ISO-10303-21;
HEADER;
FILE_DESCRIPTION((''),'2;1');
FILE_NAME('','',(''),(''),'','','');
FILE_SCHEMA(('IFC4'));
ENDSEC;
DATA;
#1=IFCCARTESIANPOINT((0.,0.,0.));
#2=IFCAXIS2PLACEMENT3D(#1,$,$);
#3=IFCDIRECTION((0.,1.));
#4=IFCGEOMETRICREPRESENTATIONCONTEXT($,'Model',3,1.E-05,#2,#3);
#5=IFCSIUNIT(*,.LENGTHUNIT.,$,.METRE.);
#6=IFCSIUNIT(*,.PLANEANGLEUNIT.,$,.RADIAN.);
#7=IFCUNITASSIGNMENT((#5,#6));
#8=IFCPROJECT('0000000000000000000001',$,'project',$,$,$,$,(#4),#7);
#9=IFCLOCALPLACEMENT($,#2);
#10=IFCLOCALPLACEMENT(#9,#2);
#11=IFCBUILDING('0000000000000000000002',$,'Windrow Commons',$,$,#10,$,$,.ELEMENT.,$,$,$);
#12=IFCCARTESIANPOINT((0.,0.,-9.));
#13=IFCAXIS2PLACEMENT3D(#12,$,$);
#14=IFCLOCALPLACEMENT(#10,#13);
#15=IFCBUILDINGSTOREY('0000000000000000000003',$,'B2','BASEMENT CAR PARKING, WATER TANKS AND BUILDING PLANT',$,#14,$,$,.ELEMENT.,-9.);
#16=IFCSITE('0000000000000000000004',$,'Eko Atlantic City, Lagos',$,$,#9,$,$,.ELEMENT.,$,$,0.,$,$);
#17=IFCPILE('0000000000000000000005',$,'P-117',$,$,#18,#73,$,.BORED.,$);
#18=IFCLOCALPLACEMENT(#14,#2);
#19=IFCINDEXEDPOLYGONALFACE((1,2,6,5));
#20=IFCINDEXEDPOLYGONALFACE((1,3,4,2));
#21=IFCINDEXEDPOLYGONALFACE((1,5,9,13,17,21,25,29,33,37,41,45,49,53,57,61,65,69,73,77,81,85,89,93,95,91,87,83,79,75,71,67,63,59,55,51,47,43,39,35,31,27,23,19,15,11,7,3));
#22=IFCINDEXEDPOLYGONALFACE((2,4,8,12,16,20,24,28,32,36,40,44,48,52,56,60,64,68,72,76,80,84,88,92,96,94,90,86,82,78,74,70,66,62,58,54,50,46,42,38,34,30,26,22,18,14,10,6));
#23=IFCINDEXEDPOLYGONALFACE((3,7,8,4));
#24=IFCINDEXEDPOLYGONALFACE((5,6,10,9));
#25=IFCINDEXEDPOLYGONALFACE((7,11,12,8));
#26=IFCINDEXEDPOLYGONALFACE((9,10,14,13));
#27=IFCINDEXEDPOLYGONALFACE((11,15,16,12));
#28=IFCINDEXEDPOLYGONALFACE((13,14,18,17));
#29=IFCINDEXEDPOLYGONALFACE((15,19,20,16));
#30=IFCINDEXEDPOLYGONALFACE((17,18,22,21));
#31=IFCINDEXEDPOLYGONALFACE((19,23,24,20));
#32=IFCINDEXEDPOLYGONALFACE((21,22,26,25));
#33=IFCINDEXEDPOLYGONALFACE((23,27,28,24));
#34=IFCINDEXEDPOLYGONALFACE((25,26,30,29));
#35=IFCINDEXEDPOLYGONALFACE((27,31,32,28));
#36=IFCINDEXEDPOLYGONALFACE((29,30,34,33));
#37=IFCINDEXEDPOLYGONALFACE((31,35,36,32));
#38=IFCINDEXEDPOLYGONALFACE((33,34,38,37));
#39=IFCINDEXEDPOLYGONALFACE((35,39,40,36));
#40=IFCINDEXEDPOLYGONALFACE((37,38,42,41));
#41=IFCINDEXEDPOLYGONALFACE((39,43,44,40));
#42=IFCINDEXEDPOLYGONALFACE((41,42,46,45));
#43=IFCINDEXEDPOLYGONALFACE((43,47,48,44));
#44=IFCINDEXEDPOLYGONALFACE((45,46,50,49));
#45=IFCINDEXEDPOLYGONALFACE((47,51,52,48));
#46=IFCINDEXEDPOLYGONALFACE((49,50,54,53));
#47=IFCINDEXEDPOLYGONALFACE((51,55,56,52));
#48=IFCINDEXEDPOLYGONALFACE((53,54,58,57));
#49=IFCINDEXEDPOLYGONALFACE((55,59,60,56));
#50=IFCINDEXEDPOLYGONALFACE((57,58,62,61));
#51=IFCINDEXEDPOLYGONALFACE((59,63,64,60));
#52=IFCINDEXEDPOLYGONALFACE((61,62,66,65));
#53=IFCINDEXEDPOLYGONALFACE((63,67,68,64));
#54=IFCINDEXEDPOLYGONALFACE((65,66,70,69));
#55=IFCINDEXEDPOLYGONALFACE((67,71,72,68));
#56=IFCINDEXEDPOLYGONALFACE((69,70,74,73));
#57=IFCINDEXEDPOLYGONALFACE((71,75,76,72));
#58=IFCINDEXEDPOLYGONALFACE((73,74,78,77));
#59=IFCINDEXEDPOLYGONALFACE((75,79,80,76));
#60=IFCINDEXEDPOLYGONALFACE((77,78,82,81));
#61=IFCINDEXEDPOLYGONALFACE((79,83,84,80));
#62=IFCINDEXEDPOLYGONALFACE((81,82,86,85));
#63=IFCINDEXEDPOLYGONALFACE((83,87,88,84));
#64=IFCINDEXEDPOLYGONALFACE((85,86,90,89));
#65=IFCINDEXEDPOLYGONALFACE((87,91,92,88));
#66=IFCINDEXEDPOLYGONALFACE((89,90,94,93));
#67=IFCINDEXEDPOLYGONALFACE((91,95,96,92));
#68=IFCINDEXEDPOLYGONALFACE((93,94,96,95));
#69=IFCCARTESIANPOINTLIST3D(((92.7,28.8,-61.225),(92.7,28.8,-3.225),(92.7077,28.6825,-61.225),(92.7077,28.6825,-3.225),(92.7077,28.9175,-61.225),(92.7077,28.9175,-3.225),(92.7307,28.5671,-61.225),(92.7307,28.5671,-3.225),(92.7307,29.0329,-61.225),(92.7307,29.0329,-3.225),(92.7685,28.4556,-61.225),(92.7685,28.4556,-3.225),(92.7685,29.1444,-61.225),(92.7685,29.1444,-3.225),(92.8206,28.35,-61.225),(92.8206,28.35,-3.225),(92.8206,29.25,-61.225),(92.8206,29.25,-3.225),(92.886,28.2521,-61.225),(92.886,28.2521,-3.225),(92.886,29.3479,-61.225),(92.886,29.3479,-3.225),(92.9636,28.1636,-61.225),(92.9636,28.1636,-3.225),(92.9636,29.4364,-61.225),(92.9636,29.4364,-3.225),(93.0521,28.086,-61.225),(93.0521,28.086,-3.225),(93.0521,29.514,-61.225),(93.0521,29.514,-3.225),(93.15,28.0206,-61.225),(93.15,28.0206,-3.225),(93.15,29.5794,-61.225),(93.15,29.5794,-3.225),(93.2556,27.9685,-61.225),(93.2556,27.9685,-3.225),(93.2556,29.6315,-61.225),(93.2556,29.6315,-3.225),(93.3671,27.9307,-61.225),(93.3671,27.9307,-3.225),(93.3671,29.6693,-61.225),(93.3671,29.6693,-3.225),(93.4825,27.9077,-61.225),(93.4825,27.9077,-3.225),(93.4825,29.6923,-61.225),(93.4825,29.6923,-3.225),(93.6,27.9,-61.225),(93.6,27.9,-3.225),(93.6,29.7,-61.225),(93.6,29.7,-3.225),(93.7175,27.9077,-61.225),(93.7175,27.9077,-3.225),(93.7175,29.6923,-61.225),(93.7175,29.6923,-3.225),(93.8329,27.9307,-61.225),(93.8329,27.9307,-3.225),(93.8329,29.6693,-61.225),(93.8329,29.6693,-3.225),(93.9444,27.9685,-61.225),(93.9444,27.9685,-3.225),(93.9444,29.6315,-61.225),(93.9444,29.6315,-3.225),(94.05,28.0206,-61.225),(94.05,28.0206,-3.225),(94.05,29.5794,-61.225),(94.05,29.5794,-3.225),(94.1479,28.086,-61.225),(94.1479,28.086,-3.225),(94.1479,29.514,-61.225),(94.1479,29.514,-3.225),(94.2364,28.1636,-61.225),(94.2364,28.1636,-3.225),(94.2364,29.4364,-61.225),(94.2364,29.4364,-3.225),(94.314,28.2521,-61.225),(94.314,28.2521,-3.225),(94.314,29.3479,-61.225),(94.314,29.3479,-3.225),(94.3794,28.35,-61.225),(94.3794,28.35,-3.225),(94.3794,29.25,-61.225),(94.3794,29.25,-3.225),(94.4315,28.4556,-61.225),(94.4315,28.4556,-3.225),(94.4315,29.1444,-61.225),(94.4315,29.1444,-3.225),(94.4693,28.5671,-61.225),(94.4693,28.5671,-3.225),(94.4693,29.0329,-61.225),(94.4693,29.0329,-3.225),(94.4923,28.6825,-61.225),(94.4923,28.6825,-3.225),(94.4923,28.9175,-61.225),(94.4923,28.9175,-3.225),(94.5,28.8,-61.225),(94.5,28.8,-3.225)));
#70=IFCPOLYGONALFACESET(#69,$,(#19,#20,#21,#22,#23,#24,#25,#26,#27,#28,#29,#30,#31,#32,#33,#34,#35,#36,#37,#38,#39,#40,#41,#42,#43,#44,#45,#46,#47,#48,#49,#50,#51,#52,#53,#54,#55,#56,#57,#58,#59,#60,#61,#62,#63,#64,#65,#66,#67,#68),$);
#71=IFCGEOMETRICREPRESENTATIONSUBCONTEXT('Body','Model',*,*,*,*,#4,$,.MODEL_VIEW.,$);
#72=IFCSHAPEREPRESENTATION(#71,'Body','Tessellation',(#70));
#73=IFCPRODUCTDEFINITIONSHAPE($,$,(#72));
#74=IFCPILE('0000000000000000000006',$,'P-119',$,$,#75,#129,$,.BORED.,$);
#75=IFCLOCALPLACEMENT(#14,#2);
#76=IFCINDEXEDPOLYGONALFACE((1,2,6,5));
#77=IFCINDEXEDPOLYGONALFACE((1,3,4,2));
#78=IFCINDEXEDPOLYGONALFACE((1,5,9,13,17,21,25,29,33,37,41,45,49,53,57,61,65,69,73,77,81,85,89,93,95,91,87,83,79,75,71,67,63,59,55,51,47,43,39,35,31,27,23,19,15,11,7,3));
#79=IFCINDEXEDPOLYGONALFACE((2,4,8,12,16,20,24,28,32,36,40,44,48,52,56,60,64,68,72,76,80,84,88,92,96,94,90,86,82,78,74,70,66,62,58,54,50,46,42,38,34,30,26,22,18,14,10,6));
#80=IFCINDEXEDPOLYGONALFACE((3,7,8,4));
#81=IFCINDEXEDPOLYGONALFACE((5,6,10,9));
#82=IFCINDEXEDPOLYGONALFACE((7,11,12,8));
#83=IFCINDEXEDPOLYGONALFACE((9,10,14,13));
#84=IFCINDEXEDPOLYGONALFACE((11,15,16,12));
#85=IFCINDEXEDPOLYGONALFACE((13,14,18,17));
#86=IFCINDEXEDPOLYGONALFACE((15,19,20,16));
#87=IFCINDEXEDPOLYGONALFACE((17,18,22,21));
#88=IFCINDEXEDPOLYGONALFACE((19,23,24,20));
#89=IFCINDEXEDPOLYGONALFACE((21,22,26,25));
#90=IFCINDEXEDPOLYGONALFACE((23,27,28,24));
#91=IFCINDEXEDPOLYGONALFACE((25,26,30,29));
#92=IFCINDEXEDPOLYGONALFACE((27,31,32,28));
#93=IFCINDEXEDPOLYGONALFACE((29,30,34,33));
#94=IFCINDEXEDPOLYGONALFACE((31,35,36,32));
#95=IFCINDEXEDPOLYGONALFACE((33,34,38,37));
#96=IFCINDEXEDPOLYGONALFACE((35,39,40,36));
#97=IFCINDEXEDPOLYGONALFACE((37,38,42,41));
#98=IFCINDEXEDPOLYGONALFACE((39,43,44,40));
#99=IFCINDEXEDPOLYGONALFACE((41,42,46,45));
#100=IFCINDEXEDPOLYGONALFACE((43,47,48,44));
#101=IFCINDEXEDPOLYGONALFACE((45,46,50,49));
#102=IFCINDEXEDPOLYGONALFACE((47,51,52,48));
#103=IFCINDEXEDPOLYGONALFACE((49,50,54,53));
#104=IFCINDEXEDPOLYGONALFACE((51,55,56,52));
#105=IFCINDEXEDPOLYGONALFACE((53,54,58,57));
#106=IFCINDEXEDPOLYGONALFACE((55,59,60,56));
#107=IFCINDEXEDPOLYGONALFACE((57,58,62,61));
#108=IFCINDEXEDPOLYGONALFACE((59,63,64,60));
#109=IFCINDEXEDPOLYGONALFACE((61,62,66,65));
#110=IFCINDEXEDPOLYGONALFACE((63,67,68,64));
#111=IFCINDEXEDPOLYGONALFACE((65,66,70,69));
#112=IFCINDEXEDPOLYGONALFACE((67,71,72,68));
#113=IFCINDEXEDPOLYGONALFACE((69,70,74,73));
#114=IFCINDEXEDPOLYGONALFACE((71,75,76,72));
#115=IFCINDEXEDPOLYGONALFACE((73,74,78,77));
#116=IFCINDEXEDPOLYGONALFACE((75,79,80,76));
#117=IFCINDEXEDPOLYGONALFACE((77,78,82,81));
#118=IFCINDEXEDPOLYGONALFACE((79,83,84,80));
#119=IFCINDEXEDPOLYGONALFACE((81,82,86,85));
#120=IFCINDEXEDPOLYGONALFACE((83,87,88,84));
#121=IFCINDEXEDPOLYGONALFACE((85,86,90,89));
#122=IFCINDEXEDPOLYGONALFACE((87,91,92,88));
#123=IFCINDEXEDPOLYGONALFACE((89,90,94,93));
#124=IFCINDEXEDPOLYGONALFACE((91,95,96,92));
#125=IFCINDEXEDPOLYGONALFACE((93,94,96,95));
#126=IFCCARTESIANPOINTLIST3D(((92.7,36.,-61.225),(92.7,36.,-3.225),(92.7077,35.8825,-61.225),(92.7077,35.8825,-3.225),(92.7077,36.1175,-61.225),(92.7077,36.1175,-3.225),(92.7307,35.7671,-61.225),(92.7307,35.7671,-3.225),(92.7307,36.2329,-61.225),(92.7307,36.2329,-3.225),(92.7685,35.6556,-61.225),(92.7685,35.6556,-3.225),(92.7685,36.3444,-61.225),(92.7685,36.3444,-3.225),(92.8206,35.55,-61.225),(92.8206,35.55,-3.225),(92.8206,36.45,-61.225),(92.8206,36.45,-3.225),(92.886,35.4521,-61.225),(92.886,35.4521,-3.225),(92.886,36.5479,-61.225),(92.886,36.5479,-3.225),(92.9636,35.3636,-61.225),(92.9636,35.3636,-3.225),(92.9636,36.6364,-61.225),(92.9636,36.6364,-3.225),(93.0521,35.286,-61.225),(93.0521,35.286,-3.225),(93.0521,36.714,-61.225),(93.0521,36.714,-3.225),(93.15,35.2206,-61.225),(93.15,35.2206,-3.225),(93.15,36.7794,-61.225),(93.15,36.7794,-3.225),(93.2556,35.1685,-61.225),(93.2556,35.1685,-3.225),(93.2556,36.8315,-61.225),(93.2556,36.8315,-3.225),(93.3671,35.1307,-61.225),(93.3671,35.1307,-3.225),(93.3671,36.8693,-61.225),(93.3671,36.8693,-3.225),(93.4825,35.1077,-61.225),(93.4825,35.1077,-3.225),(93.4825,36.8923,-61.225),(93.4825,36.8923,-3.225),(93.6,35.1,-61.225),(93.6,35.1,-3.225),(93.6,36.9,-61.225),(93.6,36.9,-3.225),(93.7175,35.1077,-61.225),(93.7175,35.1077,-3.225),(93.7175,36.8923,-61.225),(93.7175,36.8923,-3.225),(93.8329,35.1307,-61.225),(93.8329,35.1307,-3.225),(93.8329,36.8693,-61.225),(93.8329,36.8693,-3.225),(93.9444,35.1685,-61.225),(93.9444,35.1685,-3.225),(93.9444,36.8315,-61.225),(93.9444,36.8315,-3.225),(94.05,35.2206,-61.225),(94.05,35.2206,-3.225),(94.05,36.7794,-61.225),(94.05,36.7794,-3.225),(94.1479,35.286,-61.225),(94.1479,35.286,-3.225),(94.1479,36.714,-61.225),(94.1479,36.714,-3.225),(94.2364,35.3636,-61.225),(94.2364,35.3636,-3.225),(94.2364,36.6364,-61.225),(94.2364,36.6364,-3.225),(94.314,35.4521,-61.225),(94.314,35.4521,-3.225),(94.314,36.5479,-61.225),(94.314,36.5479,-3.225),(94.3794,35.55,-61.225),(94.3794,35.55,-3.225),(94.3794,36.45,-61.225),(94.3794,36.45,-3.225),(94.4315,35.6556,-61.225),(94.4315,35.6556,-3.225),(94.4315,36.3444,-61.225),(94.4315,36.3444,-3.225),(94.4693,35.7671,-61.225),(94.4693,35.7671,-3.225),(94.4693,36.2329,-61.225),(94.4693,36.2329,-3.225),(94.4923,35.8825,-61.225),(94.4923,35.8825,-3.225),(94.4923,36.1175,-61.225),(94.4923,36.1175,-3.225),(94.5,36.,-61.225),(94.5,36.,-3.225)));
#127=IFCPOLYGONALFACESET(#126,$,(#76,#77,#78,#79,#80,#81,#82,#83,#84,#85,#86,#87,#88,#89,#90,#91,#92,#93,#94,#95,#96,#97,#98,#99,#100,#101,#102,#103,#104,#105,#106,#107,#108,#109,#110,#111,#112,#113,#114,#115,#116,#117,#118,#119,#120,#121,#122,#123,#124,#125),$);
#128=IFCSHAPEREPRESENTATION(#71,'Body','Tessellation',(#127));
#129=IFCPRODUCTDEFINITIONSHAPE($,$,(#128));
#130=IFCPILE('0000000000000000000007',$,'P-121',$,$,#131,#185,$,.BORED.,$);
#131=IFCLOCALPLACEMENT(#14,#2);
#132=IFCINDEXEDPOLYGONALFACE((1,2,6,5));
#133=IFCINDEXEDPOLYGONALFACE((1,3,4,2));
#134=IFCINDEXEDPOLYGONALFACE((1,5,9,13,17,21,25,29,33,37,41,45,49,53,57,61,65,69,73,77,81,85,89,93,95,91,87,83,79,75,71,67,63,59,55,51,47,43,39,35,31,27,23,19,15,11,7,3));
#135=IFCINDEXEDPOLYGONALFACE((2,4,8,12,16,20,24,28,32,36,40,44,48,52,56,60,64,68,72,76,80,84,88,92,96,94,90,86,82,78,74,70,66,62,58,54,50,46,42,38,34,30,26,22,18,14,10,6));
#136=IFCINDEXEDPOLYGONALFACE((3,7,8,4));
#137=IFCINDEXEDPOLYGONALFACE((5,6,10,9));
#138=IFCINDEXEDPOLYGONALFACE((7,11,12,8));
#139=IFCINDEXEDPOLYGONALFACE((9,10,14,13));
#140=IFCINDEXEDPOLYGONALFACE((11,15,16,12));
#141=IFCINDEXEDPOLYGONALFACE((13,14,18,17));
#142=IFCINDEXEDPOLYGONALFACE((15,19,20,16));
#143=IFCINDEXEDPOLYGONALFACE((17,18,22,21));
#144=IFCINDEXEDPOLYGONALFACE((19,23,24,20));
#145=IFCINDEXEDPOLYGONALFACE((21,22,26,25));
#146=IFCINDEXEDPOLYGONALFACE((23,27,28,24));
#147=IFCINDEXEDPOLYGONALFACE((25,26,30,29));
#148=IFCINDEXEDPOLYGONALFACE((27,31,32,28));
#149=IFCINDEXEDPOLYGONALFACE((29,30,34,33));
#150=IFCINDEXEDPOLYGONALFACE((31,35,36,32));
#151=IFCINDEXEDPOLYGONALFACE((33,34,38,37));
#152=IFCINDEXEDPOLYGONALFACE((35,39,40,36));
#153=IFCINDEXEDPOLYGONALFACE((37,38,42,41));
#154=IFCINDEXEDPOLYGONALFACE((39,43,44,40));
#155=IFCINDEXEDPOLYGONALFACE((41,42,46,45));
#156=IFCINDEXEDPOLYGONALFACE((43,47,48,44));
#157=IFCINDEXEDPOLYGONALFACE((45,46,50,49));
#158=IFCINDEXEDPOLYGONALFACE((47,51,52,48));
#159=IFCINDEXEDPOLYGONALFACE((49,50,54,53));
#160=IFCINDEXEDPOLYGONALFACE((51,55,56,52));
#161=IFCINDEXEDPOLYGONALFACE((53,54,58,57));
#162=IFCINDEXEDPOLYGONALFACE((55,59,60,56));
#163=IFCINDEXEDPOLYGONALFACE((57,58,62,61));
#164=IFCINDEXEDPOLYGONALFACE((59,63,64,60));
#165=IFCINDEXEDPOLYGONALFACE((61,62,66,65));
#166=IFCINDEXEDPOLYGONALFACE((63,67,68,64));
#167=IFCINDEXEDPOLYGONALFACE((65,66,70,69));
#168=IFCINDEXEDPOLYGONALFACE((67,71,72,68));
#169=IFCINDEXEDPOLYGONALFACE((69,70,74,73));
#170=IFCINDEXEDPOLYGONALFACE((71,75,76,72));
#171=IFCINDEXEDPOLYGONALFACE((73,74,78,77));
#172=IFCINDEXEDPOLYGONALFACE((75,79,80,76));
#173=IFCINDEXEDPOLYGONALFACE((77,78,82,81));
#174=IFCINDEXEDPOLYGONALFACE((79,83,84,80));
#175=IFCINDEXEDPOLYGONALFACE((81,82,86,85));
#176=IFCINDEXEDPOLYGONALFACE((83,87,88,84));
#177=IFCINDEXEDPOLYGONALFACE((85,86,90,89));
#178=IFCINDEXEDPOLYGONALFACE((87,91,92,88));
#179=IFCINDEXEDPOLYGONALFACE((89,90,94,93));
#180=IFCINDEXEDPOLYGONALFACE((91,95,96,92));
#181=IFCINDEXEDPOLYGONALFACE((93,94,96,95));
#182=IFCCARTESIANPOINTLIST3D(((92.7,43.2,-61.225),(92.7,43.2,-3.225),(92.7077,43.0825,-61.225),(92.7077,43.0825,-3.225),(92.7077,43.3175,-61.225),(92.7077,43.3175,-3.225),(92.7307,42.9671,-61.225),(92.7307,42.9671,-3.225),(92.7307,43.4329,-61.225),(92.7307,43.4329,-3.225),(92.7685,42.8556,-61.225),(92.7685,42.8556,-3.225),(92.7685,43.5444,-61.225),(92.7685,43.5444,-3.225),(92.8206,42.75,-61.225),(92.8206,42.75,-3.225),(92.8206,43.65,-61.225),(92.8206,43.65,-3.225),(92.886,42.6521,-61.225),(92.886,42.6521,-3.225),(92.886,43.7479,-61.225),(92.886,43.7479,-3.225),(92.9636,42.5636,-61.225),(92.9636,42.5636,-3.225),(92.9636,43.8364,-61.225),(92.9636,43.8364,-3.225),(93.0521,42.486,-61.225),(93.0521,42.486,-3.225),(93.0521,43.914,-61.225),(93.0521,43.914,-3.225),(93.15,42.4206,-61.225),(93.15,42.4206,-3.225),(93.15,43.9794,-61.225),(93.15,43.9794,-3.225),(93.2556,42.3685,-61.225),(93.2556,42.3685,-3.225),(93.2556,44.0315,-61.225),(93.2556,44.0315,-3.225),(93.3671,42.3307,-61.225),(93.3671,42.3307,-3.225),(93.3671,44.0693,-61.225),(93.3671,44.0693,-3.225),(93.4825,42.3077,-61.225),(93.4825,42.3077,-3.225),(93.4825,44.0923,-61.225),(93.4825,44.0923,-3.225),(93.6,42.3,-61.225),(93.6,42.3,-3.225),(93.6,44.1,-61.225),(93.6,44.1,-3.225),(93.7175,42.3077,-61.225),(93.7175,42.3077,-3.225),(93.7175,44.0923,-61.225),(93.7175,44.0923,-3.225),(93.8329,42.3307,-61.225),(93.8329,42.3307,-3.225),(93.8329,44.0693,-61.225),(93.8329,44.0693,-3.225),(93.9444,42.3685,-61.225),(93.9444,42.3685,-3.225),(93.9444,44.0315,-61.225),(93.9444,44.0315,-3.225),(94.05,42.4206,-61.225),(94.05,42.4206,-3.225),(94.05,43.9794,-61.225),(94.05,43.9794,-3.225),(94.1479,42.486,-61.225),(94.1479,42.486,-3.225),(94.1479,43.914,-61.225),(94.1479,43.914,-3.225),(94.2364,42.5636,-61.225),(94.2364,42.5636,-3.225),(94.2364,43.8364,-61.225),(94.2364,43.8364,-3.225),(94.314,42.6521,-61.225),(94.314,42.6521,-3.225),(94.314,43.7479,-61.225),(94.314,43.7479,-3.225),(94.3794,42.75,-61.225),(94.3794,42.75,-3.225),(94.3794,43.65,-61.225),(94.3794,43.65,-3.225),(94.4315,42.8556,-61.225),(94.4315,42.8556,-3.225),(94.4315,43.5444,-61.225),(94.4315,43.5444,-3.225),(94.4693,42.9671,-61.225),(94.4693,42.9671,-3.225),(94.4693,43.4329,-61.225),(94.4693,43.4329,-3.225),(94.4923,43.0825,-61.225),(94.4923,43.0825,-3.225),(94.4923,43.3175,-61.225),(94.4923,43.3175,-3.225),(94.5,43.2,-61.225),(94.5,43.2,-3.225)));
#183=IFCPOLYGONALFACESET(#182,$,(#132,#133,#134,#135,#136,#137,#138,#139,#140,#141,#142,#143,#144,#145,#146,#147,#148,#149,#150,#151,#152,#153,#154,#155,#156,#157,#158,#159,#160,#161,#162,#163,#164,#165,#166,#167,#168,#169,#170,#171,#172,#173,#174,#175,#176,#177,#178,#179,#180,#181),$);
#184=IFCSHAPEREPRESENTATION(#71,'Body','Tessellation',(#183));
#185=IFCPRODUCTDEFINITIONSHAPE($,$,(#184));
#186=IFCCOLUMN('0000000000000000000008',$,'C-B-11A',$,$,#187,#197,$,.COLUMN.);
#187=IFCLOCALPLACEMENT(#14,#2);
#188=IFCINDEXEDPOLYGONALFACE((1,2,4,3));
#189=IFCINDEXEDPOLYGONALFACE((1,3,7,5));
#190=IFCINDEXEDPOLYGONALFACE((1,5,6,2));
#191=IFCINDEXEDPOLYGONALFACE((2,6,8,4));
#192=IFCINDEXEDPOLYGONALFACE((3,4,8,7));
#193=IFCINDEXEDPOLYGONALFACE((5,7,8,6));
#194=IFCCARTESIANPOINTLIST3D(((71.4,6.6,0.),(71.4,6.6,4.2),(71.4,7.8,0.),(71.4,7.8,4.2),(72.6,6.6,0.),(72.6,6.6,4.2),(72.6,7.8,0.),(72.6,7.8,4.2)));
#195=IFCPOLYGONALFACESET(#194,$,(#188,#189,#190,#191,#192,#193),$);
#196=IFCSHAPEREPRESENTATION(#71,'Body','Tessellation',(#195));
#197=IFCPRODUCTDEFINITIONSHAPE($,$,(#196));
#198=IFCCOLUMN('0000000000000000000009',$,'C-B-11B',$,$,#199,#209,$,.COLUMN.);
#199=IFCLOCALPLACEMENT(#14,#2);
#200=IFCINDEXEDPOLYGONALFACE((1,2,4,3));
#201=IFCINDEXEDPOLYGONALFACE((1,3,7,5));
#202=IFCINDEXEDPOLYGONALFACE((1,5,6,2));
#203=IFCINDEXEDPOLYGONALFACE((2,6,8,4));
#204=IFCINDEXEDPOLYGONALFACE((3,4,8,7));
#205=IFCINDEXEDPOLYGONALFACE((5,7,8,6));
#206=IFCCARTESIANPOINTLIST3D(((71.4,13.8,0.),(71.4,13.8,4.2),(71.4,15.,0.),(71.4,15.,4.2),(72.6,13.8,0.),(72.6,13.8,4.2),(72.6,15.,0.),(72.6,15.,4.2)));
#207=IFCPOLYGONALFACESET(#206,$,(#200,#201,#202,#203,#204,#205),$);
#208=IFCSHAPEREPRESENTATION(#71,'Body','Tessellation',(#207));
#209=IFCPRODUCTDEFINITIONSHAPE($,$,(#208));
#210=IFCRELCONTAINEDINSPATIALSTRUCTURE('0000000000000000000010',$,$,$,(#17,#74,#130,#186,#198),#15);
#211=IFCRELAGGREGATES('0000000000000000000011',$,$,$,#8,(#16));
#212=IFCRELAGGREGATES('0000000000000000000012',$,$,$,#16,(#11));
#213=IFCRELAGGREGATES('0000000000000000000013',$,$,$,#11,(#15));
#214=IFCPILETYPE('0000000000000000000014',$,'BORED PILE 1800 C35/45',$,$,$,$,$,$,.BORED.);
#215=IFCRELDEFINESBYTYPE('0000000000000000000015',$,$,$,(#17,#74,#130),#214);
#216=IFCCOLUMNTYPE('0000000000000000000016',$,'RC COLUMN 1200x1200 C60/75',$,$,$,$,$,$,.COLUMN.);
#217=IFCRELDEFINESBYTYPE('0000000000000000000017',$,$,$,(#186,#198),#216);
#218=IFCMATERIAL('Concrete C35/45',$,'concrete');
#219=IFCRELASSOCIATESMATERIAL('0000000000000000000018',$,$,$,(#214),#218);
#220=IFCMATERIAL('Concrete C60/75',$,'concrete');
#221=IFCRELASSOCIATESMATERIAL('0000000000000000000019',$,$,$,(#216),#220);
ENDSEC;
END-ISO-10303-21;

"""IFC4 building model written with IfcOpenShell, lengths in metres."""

from ifc_helpers import new_model, si_unit, direction, frame, origin, origin_2d, place, context, subcontext, project, spatial, rectangle, circle, extrude, material, material_profile, profile_set, type_object, element, save


model = new_model("IFC4")

# Units and contexts
model_context = context("Model", 3, precision=1e-05, world=origin(), true_north=direction((0.0, 1.0)))
body_context = subcontext(model_context, "Body", "Model", "MODEL_VIEW")
ifc_project = project(units=[si_unit("LENGTHUNIT", "METRE"), si_unit("PLANEANGLEUNIT", "RADIAN")], contexts=[model_context])

# Site, building, storey
site_placement = place(None, origin())
site = spatial("IfcSite", under=ifc_project, at=site_placement, Name="Eko Atlantic City, Lagos", CompositionType="ELEMENT", RefElevation=0.0)
building_placement = place(site_placement, origin())
building = spatial("IfcBuilding", under=site, at=building_placement, Name="Windrow Commons", CompositionType="ELEMENT")
storey_placement = place(building_placement, frame((0.0, 0.0, -9.0)))
storey = spatial("IfcBuildingStorey", under=building, at=storey_placement, Name="B2", Description="BASEMENT CAR PARKING, WATER TANKS AND BUILDING PLANT", CompositionType="ELEMENT", Elevation=-9.0)

# Piles
ifc_material_1 = material(Name="Concrete C35/45", Category="concrete")
ifc_material_profile_1 = material_profile(ifc_material_1, circle(Radius=0.9, at=origin_2d()))
ifc_profile_set_1 = profile_set([ifc_material_profile_1], Name="Concrete C35/45")
pile_type = type_object("IfcPileType", Name="BORED PILE 1800 C35/45", PredefinedType="BORED", material=ifc_profile_set_1)
for number, where, z_axis, x_axis, name in (
    (1, (93.6, 28.8, -3.225), (0.0, 0.0, -1.0), (1.0, 0.0, 0.0), "P-117"),
    (2, (93.6, 36.0, -3.225), (0.0, 0.0, -1.0), (1.0, 0.0, 0.0), "P-119"),
    (3, (93.6, 43.2, -3.225), (0.0, 0.0, -1.0), (1.0, 0.0, 0.0), "P-121"),
):
    element("IfcPile", number, at=place(storey_placement, frame(where, z_axis=z_axis, x_axis=x_axis)), inside=storey, type_object=pile_type, Name=name, PredefinedType="BORED", context=body_context, shape_type="SweptSolid", body=[
        extrude(circle(Radius=0.9, at=origin_2d()), origin(), (0.0, 0.0, 1.0), 58.0),
    ])

# Columns
ifc_material_2 = material(Name="Concrete C60/75", Category="concrete")
ifc_material_profile_2 = material_profile(ifc_material_2, rectangle(XDim=1.2, YDim=1.2, at=origin_2d()))
ifc_profile_set_2 = profile_set([ifc_material_profile_2], Name="Concrete C60/75")
column_type = type_object("IfcColumnType", Name="RC COLUMN 1200x1200 C60/75", PredefinedType="COLUMN", material=ifc_profile_set_2)
for number, where, z_axis, x_axis, name in (
    (4, (72.0, 7.2, 0.0), (0.0, 0.0, 1.0), (1.0, 0.0, 0.0), "C-B-11A"),
    (5, (72.0, 14.4, 0.0), (0.0, 0.0, 1.0), (1.0, 0.0, 0.0), "C-B-11B"),
):
    element("IfcColumn", number, at=place(storey_placement, frame(where, z_axis=z_axis, x_axis=x_axis)), inside=storey, type_object=column_type, Name=name, PredefinedType="COLUMN", context=body_context, shape_type="SweptSolid", body=[
        extrude(rectangle(XDim=1.2, YDim=1.2, at=origin_2d()), origin(), (0.0, 0.0, 1.0), 4.2),
    ])

save(model, "model.ifc")
